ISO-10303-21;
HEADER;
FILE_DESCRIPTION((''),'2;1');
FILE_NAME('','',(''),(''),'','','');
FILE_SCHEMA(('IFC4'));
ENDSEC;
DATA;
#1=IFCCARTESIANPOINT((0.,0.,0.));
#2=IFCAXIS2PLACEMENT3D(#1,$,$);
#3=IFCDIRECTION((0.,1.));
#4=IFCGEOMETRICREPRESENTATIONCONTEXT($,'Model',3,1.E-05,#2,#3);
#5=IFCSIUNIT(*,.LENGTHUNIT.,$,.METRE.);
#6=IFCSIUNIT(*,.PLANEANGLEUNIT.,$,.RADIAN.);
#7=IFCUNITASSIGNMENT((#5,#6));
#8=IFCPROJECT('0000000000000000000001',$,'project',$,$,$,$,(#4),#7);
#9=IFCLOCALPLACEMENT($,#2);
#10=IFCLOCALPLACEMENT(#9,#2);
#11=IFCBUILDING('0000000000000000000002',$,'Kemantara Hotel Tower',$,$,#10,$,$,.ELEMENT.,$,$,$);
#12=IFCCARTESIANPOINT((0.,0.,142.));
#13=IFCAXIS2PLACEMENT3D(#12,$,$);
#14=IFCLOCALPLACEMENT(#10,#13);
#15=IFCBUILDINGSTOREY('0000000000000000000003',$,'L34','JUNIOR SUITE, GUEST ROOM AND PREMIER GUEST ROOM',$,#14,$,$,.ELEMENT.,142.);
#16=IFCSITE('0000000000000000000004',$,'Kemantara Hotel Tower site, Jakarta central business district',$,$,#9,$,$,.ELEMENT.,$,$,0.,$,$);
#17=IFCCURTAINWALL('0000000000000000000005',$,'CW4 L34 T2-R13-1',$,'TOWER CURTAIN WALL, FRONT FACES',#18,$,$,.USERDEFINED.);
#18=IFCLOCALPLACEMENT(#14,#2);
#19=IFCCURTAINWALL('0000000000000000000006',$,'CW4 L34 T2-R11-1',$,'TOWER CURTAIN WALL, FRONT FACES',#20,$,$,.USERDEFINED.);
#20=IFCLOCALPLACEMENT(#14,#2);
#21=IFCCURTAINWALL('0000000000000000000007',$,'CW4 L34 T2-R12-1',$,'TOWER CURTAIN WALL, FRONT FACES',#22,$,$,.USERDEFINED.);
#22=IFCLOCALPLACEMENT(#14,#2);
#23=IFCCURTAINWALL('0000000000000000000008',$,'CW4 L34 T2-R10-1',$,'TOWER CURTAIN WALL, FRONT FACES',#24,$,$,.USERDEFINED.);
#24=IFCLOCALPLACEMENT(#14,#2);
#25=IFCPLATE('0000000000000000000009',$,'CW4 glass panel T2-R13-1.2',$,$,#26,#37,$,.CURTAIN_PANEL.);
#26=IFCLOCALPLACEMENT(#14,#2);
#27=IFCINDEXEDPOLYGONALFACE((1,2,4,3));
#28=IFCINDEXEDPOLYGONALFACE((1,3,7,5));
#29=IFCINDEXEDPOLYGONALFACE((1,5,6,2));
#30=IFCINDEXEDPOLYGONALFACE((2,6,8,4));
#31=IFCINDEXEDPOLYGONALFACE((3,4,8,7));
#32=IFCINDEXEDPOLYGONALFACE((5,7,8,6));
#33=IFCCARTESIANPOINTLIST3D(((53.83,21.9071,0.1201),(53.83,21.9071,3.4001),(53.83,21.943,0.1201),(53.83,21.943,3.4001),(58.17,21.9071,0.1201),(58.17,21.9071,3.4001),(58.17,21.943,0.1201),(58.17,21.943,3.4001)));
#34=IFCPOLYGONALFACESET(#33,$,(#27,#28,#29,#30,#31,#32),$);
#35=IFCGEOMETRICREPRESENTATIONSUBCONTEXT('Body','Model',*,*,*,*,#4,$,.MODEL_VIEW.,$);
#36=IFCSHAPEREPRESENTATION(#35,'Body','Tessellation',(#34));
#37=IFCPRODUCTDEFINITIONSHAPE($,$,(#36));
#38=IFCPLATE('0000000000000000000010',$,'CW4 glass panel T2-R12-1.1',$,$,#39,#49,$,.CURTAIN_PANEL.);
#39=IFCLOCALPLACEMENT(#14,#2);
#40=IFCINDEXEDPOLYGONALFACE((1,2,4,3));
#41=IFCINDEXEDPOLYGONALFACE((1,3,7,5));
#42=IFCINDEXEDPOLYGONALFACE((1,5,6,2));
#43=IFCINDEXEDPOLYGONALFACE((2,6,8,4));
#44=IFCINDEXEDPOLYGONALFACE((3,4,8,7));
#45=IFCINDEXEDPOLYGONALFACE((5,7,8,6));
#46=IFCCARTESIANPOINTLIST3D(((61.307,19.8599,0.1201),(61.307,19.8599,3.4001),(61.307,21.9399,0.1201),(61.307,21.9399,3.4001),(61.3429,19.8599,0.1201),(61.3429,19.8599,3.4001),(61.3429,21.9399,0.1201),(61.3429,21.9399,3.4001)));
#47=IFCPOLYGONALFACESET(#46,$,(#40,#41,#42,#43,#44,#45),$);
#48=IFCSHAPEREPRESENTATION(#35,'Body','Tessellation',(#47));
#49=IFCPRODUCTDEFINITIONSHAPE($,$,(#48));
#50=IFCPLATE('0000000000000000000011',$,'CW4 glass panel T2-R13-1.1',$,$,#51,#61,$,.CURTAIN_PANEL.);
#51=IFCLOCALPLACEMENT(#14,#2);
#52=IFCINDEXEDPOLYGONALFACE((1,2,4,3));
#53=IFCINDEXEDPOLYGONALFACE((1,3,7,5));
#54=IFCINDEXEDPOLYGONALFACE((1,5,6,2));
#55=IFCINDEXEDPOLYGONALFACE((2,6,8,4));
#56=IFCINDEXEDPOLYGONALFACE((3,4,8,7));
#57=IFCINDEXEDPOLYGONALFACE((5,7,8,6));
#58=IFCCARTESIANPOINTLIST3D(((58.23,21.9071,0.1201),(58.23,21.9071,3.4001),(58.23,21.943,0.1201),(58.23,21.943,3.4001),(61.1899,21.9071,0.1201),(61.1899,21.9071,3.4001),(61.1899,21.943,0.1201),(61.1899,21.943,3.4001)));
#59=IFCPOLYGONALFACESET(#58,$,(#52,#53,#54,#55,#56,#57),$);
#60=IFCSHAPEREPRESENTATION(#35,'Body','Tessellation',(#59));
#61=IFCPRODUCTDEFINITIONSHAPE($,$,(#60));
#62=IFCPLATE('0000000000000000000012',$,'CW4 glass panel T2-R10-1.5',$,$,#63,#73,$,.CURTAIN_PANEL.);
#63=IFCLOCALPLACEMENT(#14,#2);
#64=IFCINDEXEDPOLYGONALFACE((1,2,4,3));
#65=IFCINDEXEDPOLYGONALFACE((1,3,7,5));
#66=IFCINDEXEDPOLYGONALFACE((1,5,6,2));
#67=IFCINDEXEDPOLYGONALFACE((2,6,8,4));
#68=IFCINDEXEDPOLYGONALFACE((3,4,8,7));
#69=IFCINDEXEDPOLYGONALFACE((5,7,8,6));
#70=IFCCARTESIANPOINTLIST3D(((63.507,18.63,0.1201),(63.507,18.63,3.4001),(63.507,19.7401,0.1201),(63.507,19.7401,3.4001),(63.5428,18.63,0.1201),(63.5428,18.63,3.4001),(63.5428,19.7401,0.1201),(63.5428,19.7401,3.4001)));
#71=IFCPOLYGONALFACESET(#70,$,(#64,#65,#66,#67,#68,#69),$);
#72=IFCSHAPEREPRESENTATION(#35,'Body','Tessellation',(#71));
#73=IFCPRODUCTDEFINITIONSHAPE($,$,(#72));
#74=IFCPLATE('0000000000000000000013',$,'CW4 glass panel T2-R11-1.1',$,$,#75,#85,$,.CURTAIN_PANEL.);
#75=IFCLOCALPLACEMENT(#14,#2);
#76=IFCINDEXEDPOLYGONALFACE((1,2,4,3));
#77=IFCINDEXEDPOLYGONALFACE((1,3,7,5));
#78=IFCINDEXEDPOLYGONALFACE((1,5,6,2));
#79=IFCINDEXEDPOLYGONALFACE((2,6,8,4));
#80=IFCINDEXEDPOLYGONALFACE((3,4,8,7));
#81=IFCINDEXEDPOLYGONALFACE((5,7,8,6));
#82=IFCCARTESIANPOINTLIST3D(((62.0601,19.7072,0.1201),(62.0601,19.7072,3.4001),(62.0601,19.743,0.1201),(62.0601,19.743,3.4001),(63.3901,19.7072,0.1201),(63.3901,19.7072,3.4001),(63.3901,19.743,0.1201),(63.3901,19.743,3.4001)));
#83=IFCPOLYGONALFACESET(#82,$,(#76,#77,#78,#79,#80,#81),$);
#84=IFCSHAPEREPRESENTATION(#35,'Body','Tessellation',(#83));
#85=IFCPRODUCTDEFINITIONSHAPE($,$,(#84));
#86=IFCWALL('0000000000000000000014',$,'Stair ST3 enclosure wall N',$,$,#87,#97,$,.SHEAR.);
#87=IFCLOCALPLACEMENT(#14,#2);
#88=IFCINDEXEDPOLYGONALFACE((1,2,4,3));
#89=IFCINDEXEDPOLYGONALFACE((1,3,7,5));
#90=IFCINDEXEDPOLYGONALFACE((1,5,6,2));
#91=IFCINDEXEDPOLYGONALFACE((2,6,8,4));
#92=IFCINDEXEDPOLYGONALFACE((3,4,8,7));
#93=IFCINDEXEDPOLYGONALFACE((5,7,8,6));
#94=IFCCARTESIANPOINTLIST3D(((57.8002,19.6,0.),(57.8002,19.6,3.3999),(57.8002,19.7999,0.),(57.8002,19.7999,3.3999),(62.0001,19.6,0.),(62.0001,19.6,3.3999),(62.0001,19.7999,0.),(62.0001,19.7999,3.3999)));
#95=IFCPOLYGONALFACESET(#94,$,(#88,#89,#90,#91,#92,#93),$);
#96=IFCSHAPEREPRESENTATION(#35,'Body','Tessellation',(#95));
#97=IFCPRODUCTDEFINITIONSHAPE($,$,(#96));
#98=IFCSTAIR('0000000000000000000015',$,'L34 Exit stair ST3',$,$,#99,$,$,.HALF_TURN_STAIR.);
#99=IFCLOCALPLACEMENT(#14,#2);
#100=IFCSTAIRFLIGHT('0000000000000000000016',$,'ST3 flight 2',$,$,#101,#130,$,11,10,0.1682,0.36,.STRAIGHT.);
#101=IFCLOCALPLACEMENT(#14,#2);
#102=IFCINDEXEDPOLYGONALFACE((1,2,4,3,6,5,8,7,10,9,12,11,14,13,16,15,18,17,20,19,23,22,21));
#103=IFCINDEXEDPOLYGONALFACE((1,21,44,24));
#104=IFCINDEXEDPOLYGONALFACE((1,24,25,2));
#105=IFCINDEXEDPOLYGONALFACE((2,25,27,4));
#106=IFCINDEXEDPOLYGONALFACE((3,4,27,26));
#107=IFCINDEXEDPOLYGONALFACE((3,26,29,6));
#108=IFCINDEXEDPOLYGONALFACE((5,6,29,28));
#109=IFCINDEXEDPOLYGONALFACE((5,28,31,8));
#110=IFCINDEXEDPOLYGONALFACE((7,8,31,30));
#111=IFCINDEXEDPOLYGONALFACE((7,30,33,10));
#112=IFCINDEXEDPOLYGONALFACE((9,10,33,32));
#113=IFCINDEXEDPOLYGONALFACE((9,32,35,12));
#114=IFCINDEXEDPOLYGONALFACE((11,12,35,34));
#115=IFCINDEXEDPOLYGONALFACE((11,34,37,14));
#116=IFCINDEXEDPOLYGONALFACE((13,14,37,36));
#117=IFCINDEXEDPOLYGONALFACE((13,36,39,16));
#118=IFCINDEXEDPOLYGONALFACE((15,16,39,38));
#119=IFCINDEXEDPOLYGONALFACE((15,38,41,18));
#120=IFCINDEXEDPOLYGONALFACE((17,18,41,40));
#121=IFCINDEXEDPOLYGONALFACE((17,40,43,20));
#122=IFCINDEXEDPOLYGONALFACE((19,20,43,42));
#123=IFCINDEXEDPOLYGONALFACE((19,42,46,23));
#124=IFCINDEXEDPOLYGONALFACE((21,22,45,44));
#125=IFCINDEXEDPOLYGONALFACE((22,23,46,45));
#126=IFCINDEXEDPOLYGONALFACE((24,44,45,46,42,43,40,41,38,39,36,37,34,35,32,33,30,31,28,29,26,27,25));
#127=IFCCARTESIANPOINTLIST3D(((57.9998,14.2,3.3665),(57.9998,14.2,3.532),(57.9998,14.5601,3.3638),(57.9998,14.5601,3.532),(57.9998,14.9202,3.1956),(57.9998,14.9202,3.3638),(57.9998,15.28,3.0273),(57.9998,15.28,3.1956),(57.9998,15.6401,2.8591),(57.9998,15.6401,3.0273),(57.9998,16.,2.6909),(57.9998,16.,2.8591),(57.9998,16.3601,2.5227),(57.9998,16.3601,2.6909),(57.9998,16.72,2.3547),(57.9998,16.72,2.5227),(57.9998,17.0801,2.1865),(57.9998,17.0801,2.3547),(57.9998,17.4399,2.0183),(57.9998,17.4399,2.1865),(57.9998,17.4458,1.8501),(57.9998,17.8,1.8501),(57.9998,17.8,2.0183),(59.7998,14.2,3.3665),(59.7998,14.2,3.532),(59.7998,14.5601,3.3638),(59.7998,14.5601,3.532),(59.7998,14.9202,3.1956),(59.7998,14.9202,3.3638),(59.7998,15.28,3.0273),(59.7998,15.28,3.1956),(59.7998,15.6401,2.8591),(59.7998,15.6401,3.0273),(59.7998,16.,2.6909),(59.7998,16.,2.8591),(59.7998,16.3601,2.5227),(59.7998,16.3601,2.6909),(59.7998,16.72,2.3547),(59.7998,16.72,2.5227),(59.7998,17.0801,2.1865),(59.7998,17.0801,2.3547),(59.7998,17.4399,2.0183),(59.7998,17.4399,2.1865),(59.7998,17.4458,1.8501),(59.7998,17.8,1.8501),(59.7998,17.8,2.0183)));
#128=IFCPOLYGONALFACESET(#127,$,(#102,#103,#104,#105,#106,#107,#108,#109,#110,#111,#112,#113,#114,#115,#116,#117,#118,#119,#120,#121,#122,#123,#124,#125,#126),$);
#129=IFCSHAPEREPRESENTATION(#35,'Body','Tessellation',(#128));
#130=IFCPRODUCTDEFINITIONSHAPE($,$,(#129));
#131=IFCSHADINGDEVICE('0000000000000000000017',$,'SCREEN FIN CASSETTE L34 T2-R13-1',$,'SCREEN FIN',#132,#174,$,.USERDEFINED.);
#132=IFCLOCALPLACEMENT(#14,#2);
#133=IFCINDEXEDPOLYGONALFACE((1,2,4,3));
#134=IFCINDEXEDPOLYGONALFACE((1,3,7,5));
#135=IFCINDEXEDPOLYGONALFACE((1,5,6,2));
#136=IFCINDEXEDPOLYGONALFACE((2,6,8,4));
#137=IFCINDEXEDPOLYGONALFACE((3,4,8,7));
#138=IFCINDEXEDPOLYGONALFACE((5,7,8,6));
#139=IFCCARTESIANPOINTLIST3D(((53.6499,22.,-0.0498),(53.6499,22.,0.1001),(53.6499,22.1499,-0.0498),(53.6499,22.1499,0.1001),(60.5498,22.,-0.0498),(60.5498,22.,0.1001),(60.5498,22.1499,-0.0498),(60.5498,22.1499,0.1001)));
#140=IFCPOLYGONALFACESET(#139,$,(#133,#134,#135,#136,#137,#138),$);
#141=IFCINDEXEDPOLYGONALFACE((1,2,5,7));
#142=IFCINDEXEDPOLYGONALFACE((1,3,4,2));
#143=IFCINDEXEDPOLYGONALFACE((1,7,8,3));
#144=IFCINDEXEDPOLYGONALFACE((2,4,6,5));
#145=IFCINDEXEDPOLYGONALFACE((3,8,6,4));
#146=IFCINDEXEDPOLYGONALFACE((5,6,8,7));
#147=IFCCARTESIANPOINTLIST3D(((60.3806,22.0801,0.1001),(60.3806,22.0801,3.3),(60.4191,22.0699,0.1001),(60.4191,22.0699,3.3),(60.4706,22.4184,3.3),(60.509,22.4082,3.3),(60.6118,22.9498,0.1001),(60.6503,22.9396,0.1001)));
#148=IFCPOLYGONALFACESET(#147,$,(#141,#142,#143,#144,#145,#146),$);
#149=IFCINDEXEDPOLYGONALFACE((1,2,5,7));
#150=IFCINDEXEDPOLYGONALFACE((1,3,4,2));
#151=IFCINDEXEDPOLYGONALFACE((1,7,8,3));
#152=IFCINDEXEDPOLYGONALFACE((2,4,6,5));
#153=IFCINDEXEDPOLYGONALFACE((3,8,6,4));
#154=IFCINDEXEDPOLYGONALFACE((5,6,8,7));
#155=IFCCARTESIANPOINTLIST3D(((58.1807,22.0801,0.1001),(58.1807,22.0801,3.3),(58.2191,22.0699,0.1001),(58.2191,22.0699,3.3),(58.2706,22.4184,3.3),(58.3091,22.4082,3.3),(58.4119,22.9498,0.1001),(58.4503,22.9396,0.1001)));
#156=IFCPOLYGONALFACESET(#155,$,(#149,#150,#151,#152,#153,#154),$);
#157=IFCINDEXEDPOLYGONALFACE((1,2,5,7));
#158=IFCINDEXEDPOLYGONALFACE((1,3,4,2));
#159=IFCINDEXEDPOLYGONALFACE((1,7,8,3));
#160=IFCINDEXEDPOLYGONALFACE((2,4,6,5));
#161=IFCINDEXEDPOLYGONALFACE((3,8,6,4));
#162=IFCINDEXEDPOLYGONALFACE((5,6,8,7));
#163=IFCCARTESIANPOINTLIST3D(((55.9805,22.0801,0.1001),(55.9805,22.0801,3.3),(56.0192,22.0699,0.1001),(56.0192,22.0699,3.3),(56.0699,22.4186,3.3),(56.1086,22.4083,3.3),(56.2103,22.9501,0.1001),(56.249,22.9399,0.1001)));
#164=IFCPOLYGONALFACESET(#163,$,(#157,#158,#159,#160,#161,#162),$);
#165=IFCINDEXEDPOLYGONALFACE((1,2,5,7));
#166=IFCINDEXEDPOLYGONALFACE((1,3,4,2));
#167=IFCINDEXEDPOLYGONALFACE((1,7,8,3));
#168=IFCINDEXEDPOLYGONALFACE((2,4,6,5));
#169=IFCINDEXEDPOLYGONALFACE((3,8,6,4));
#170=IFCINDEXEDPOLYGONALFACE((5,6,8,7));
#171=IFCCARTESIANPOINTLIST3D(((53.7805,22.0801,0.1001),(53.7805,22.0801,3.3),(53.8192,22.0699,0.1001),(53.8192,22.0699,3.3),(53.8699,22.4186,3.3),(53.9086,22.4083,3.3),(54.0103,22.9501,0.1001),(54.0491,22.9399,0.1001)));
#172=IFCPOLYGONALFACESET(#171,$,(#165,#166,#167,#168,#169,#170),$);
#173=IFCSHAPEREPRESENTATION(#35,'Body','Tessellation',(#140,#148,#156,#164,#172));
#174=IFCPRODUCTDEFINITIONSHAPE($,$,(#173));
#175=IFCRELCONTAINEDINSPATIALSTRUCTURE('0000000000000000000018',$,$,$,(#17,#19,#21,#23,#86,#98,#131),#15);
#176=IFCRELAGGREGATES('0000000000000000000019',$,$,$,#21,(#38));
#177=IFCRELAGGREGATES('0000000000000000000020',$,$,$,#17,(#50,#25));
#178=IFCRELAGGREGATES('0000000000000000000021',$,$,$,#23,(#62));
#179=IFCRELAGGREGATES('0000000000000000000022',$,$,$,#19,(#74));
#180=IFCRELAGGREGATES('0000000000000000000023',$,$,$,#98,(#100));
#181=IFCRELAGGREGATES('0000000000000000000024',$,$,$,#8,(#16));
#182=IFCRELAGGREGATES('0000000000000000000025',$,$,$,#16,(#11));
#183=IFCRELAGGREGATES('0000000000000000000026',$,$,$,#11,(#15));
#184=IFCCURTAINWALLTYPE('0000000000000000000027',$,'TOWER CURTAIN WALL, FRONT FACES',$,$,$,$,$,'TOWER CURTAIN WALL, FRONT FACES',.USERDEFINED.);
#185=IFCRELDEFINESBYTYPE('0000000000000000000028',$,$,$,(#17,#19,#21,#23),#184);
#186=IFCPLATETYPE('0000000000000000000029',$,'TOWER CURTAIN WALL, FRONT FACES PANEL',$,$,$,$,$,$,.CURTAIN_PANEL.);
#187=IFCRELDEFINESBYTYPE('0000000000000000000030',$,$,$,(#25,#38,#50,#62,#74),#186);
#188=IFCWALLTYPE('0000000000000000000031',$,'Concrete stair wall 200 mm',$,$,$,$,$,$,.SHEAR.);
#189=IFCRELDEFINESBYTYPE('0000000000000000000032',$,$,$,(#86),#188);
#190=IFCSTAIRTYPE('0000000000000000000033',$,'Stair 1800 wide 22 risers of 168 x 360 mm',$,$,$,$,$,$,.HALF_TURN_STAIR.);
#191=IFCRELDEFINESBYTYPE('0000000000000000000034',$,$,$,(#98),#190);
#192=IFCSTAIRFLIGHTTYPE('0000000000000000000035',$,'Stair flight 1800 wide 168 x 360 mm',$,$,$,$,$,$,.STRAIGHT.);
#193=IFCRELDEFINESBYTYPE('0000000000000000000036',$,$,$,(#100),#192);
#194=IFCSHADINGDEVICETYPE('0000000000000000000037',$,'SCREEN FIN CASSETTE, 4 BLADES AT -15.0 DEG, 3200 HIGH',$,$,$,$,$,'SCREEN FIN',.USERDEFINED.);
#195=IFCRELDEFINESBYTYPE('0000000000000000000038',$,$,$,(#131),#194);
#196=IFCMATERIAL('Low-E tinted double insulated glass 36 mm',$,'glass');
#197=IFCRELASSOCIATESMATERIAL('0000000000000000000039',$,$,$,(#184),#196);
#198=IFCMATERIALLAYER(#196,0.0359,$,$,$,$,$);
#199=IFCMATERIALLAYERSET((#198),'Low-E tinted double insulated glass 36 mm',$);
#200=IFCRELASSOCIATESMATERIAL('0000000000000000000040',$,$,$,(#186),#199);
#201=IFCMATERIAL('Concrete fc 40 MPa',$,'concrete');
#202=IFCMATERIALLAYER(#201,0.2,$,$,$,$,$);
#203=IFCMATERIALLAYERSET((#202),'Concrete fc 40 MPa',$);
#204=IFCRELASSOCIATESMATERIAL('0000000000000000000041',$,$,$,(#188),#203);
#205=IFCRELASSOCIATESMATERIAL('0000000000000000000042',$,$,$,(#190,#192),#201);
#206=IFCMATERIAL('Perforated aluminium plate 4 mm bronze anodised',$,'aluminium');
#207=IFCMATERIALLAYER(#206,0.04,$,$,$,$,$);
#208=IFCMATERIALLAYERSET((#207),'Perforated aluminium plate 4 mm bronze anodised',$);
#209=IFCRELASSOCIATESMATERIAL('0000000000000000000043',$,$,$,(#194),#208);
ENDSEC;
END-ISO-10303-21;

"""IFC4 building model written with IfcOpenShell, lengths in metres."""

from ifc_helpers import new_model, si_unit, direction, frame, frame_2d, origin, origin_2d, place, context, subcontext, project, spatial, polyline, rectangle, outline, extrude, source, transform, mapped, material, layer, layer_set, type_object, element, aggregate, save


model = new_model("IFC4")

# Units and contexts
model_context = context("Model", 3, precision=1e-05, world=origin(), true_north=direction((0.0, 1.0)))
body_context = subcontext(model_context, "Body", "Model", "MODEL_VIEW")
ifc_project = project(units=[si_unit("LENGTHUNIT", "METRE"), si_unit("PLANEANGLEUNIT", "RADIAN")], contexts=[model_context])

# Site, building, storey
site_placement = place(None, origin())
site = spatial("IfcSite", under=ifc_project, at=site_placement, Name="Kemantara Hotel Tower site, Jakarta central business district", CompositionType="ELEMENT", RefElevation=0.0)
building_placement = place(site_placement, origin())
building = spatial("IfcBuilding", under=site, at=building_placement, Name="Kemantara Hotel Tower", CompositionType="ELEMENT")
storey_placement = place(building_placement, frame((0.0, 0.0, 142.0)))
storey = spatial("IfcBuildingStorey", under=building, at=storey_placement, Name="L34", Description="JUNIOR SUITE, GUEST ROOM AND PREMIER GUEST ROOM", CompositionType="ELEMENT", Elevation=142.0)

# Curtain walls
ifc_material_1 = material(Name="Low-E tinted double insulated glass 36 mm", Category="glass")
curtain_wall_type = type_object("IfcCurtainWallType", Name="TOWER CURTAIN WALL, FRONT FACES", ElementType="TOWER CURTAIN WALL, FRONT FACES", PredefinedType="USERDEFINED", material=ifc_material_1)
curtain_wall_1_placement = place(storey_placement, origin())
curtain_wall_1 = element("IfcCurtainWall", 1, at=curtain_wall_1_placement, inside=storey, type_object=curtain_wall_type, Name="CW4 L34 T2-R13-1", ObjectType="TOWER CURTAIN WALL, FRONT FACES", PredefinedType="USERDEFINED")
curtain_wall_2_placement = place(storey_placement, origin())
curtain_wall_2 = element("IfcCurtainWall", 2, at=curtain_wall_2_placement, inside=storey, type_object=curtain_wall_type, Name="CW4 L34 T2-R11-1", ObjectType="TOWER CURTAIN WALL, FRONT FACES", PredefinedType="USERDEFINED")
curtain_wall_3_placement = place(storey_placement, origin())
curtain_wall_3 = element("IfcCurtainWall", 3, at=curtain_wall_3_placement, inside=storey, type_object=curtain_wall_type, Name="CW4 L34 T2-R12-1", ObjectType="TOWER CURTAIN WALL, FRONT FACES", PredefinedType="USERDEFINED")

# Curtain wall
curtain_wall_4_placement = place(storey_placement, origin())
curtain_wall_4 = element("IfcCurtainWall", 4, at=curtain_wall_4_placement, inside=storey, type_object=curtain_wall_type, Name="CW4 L34 T2-R10-1", ObjectType="TOWER CURTAIN WALL, FRONT FACES", PredefinedType="USERDEFINED")

# Plates
ifc_layer_1 = layer(ifc_material_1, 0.0359)
ifc_layer_set_1 = layer_set([ifc_layer_1], Name="Low-E tinted double insulated glass 36 mm")
plate_type = type_object("IfcPlateType", Name="TOWER CURTAIN WALL, FRONT FACES PANEL", PredefinedType="CURTAIN_PANEL", material=ifc_layer_set_1)
shared_shape_1 = source(origin(), body_context, "Body", "SweptSolid", [
    extrude(rectangle(XDim=4.3401, YDim=0.0359, at=origin_2d()), origin(), (0.0, 0.0, 1.0), 3.28),
])
plate_1_placement = place(storey_placement, frame((56.0, 21.925, 0.1201), z_axis=(0.0, 0.0, 1.0), x_axis=(-1.0, 0.0, 0.0)))
plate_1 = element("IfcPlate", 5, at=plate_1_placement, type_object=plate_type, Name="CW4 glass panel T2-R13-1.2", PredefinedType="CURTAIN_PANEL", context=body_context, shape_type="MappedRepresentation", body=[
    mapped(shared_shape_1, transform((0.0, 0.0, 0.0))),
])
shared_shape_2 = source(origin(), body_context, "Body", "SweptSolid", [
    extrude(rectangle(XDim=2.0801, YDim=0.0359, at=origin_2d()), origin(), (0.0, 0.0, 1.0), 3.28),
])
plate_2_placement = place(storey_placement, frame((61.325, 20.8999, 0.1201), z_axis=(0.0, 0.0, 1.0), x_axis=(0.0, 1.0, 0.0)))
plate_2 = element("IfcPlate", 6, at=plate_2_placement, type_object=plate_type, Name="CW4 glass panel T2-R12-1.1", PredefinedType="CURTAIN_PANEL", context=body_context, shape_type="MappedRepresentation", body=[
    mapped(shared_shape_2, transform((0.0, 0.0, 0.0))),
])
aggregate(curtain_wall_3, [plate_2])
shared_shape_3 = source(origin(), body_context, "Body", "SweptSolid", [
    extrude(rectangle(XDim=2.96, YDim=0.0359, at=origin_2d()), origin(), (0.0, 0.0, 1.0), 3.28),
])
plate_3_placement = place(storey_placement, frame((59.71, 21.925, 0.1201), z_axis=(0.0, 0.0, 1.0), x_axis=(-1.0, 0.0, 0.0)))
plate_3 = element("IfcPlate", 7, at=plate_3_placement, type_object=plate_type, Name="CW4 glass panel T2-R13-1.1", PredefinedType="CURTAIN_PANEL", context=body_context, shape_type="MappedRepresentation", body=[
    mapped(shared_shape_3, transform((0.0, 0.0, 0.0))),
])
aggregate(curtain_wall_1, [plate_3, plate_1])
shared_shape_4 = source(origin(), body_context, "Body", "SweptSolid", [
    extrude(rectangle(XDim=1.1101, YDim=0.0359, at=origin_2d()), origin(), (0.0, 0.0, 1.0), 3.28),
])
plate_4_placement = place(storey_placement, frame((63.5249, 19.1851, 0.1201), z_axis=(0.0, 0.0, 1.0), x_axis=(0.0, 1.0, 0.0)))
plate_4 = element("IfcPlate", 8, at=plate_4_placement, type_object=plate_type, Name="CW4 glass panel T2-R10-1.5", PredefinedType="CURTAIN_PANEL", context=body_context, shape_type="MappedRepresentation", body=[
    mapped(shared_shape_4, transform((0.0, 0.0, 0.0))),
])
aggregate(curtain_wall_4, [plate_4])
shared_shape_5 = source(origin(), body_context, "Body", "SweptSolid", [
    extrude(rectangle(XDim=1.3301, YDim=0.0359, at=origin_2d()), origin(), (0.0, 0.0, 1.0), 3.28),
])
plate_5_placement = place(storey_placement, frame((62.7251, 19.7251, 0.1201), z_axis=(0.0, 0.0, 1.0), x_axis=(-1.0, 0.0, 0.0)))
plate_5 = element("IfcPlate", 9, at=plate_5_placement, type_object=plate_type, Name="CW4 glass panel T2-R11-1.1", PredefinedType="CURTAIN_PANEL", context=body_context, shape_type="MappedRepresentation", body=[
    mapped(shared_shape_5, transform((0.0, 0.0, 0.0))),
])
aggregate(curtain_wall_2, [plate_5])

# Wall
ifc_material_2 = material(Name="Concrete fc 40 MPa", Category="concrete")
ifc_layer_2 = layer(ifc_material_2, 0.2)
ifc_layer_set_2 = layer_set([ifc_layer_2], Name="Concrete fc 40 MPa")
wall_type = type_object("IfcWallType", Name="Concrete stair wall 200 mm", PredefinedType="SHEAR", material=ifc_layer_set_2)
wall_placement = place(storey_placement, frame((57.8, 19.7, 0.0), z_axis=(0.0, 0.0, 1.0), x_axis=(1.0, 0.0, 0.0)))
element("IfcWall", 10, at=wall_placement, inside=storey, type_object=wall_type, Name="Stair ST3 enclosure wall N", PredefinedType="SHEAR", context=body_context, shape_type="SweptSolid", body=[
    extrude(rectangle(XDim=4.2, YDim=0.2, at=frame_2d((2.1001, 0.0))), origin(), (0.0, 0.0, 1.0), 3.3999),
])

# Stair, stair flight
stair_type = type_object("IfcStairType", Name="Stair 1800 wide 22 risers of 168 x 360 mm", PredefinedType="HALF_TURN_STAIR", material=ifc_material_2)
stair_placement = place(storey_placement, origin())
stair = element("IfcStair", 11, at=stair_placement, inside=storey, type_object=stair_type, Name="L34 Exit stair ST3", PredefinedType="HALF_TURN_STAIR")
stair_flight_type = type_object("IfcStairFlightType", Name="Stair flight 1800 wide 168 x 360 mm", PredefinedType="STRAIGHT", material=ifc_material_2)
stair_flight_placement = place(storey_placement, frame((58.8999, 17.8, 1.8501), z_axis=(0.0, 0.0, 1.0), x_axis=(0.0, -1.0, 0.0)))
stair_flight = element("IfcStairFlight", 12, at=stair_flight_placement, type_object=stair_flight_type, Name="ST3 flight 2", NumberOfRisers=11, NumberOfTreads=10, PredefinedType="STRAIGHT", RiserHeight=0.1682, TreadLength=0.36, context=body_context, shape_type="SweptSolid", body=[
    extrude(outline(polyline([(0.0, 0.0), (0.0, 0.1682), (0.3601, 0.1682), (0.3601, 0.3364), (0.72, 0.3364), (0.72, 0.5046), (1.0801, 0.5046), (1.0801, 0.6726), (1.4399, 0.6726), (1.4399, 0.8408), (1.8, 0.8408), (1.8, 1.009), (2.1599, 1.009), (2.1599, 1.1772), (2.52, 1.1772), (2.52, 1.3455), (2.8799, 1.3455), (2.8799, 1.5137), (3.24, 1.5137), (3.24, 1.6819), (3.6001, 1.6819), (3.6001, 1.8501), (3.6001, 1.5164), (0.3542, 0.0), (0.0, 0.0)])), frame((0.0, 0.8999, 0.0), z_axis=(0.0, -1.0, 0.0), x_axis=(1.0, 0.0, 0.0)), (0.0, 0.0, 1.0), 1.8),
])
aggregate(stair, [stair_flight])

# Shading device
ifc_material_3 = material(Name="Perforated aluminium plate 4 mm bronze anodised", Category="aluminium")
ifc_layer_3 = layer(ifc_material_3, 0.04)
ifc_layer_set_3 = layer_set([ifc_layer_3], Name="Perforated aluminium plate 4 mm bronze anodised")
shading_device_type_1 = type_object("IfcShadingDeviceType", Name="SCREEN FIN CASSETTE, 4 BLADES AT -15.0 DEG, 3200 HIGH", ElementType="SCREEN FIN", PredefinedType="USERDEFINED", material=ifc_layer_set_3)
shared_shape_6 = source(origin(), body_context, "Body", "SweptSolid", [
    extrude(rectangle(XDim=6.8999, YDim=0.1499, at=origin_2d()), frame((3.3, -0.075, -0.1499), z_axis=(0.0, 0.0, 1.0), x_axis=(1.0, 0.0, 0.0)), (0.0, 0.0, 1.0), 0.1499),
    extrude(outline(polyline([(0.0, 0.0), (0.8999, 0.0), (0.3501, 3.2), (0.0, 3.2), (0.0, 0.0)])), frame((0.0193, -0.0801, 0.0), z_axis=(-0.966438, 0.256901, 0.0), x_axis=(-0.256901, -0.966438, 0.0)), (0.0, 0.0, 1.0), 0.0398),
    extrude(outline(polyline([(0.0, 0.0), (0.8999, 0.0), (0.3501, 3.2), (0.0, 3.2), (0.0, 0.0)])), frame((2.2192, -0.0801, 0.0), z_axis=(-0.966438, 0.256901, 0.0), x_axis=(-0.256901, -0.966438, 0.0)), (0.0, 0.0, 1.0), 0.0398),
    extrude(outline(polyline([(0.0, 0.0), (0.8999, 0.0), (0.3501, 3.2), (0.0, 3.2), (0.0, 0.0)])), frame((4.4194, -0.0801, 0.0), z_axis=(-0.966838, 0.255391, 0.0), x_axis=(-0.255391, -0.966838, 0.0)), (0.0, 0.0, 1.0), 0.04),
    extrude(outline(polyline([(0.0, 0.0), (0.8999, 0.0), (0.3501, 3.2), (0.0, 3.2), (0.0, 0.0)])), frame((6.6194, -0.0801, 0.0), z_axis=(-0.966838, 0.255391, 0.0), x_axis=(-0.255391, -0.966838, 0.0)), (0.0, 0.0, 1.0), 0.04),
])
shading_device_1_placement = place(storey_placement, frame((60.3999, 22.0, 0.1001), z_axis=(0.0, 0.0, 1.0), x_axis=(-1.0, 0.0, 0.0)))
element("IfcShadingDevice", 13, at=shading_device_1_placement, inside=storey, type_object=shading_device_type_1, Name="SCREEN FIN CASSETTE L34 T2-R13-1", ObjectType="SCREEN FIN", PredefinedType="USERDEFINED", context=body_context, shape_type="MappedRepresentation", body=[
    mapped(shared_shape_6, transform((0.0, 0.0, 0.0))),
])

save(model, "model.ifc")
